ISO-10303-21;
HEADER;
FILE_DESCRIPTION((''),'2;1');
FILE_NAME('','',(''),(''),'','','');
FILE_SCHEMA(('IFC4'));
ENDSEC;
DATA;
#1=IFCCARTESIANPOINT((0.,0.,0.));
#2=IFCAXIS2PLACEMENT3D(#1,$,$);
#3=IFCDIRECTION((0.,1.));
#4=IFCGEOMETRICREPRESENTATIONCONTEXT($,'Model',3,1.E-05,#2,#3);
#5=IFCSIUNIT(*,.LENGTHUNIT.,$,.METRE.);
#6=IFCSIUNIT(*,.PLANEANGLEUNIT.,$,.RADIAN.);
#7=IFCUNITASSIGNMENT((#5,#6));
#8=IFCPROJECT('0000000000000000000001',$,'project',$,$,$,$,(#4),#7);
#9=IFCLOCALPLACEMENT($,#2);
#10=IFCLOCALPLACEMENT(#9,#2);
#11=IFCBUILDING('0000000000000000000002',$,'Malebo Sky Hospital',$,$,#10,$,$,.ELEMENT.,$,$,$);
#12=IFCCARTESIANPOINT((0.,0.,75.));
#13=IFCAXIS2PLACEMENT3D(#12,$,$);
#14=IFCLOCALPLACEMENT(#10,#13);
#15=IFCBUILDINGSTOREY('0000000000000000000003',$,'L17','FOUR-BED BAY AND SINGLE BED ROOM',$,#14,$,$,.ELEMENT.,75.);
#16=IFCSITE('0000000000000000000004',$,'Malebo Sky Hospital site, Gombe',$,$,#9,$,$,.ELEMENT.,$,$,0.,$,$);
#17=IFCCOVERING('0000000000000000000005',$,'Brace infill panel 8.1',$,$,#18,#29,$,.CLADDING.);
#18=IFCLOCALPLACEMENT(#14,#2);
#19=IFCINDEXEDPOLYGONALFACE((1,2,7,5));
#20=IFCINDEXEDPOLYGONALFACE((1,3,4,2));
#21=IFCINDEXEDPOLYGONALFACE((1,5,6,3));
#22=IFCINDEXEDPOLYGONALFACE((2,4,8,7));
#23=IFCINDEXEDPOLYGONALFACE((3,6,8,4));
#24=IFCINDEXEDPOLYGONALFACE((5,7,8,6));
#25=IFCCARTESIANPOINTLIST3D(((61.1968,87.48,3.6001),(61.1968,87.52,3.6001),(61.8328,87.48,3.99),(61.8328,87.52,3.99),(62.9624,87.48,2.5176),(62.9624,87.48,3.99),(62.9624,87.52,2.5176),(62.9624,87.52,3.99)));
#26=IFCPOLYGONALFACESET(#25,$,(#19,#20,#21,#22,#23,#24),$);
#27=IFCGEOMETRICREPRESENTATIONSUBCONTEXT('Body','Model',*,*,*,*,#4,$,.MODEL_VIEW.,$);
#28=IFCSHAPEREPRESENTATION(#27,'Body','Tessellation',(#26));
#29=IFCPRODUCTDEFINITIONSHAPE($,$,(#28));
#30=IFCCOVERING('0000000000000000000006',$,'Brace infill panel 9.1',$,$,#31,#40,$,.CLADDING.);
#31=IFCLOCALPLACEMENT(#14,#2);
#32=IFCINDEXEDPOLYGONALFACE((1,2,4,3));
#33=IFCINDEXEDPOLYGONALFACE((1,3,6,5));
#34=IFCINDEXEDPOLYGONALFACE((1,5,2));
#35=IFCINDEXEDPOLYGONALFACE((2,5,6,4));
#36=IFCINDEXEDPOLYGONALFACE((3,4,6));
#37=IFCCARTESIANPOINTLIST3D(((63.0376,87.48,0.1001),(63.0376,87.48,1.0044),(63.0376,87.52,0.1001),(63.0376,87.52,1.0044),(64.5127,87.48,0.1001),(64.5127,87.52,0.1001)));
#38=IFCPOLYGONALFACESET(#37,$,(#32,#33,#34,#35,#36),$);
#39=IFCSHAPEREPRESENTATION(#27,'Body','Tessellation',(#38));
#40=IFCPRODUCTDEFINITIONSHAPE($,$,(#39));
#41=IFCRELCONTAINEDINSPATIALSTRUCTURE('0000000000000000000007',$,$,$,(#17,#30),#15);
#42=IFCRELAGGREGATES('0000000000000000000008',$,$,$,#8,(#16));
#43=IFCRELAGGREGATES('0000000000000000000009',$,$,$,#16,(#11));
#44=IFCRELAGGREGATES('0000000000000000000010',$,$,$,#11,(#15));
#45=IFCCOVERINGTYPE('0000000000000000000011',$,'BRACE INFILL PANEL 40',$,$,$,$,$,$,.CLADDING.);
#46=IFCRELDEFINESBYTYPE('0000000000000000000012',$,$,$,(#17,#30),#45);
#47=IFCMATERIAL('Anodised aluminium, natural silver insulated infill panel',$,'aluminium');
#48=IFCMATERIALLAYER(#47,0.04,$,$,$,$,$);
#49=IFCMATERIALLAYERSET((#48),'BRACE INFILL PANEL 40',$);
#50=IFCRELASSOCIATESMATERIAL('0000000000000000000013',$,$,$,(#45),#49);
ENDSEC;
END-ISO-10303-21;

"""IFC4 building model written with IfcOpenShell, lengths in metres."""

from ifc_helpers import new_model, si_unit, direction, frame, origin, place, context, subcontext, project, spatial, polyline, outline, extrude, material, layer, layer_set, type_object, element, save


model = new_model("IFC4")

# Units and contexts
model_context = context("Model", 3, precision=1e-05, world=origin(), true_north=direction((0.0, 1.0)))
body_context = subcontext(model_context, "Body", "Model", "MODEL_VIEW")
ifc_project = project(units=[si_unit("LENGTHUNIT", "METRE"), si_unit("PLANEANGLEUNIT", "RADIAN")], contexts=[model_context])

# Site, building, storey
site_placement = place(None, origin())
site = spatial("IfcSite", under=ifc_project, at=site_placement, Name="Malebo Sky Hospital site, Gombe", CompositionType="ELEMENT", RefElevation=0.0)
building_placement = place(site_placement, origin())
building = spatial("IfcBuilding", under=site, at=building_placement, Name="Malebo Sky Hospital", CompositionType="ELEMENT")
storey_placement = place(building_placement, frame((0.0, 0.0, 75.0)))
storey = spatial("IfcBuildingStorey", under=building, at=storey_placement, Name="L17", Description="FOUR-BED BAY AND SINGLE BED ROOM", CompositionType="ELEMENT", Elevation=75.0)

# Coverings
ifc_material_1 = material(Name="Anodised aluminium, natural silver insulated infill panel", Category="aluminium")
ifc_layer_1 = layer(ifc_material_1, 0.04)
ifc_layer_set_1 = layer_set([ifc_layer_1], Name="BRACE INFILL PANEL 40")
covering_type = type_object("IfcCoveringType", Name="BRACE INFILL PANEL 40", PredefinedType="CLADDING", material=ifc_layer_set_1)
covering_1_placement = place(storey_placement, frame((62.0796, 87.5, 2.5176), z_axis=(0.0, 0.0, 1.0), x_axis=(1.0, 0.0, 0.0)))
element("IfcCovering", 1, at=covering_1_placement, inside=storey, type_object=covering_type, Name="Brace infill panel 8.1", PredefinedType="CLADDING", context=body_context, shape_type="SweptSolid", body=[
    extrude(outline(polyline([(0.8828, 0.0), (0.8828, 1.4724), (-0.2468, 1.4724), (-0.8828, 1.0825), (0.8828, 0.0)])), frame((0.0, 0.02, 0.0), z_axis=(0.0, -1.0, 0.0), x_axis=(1.0, 0.0, 0.0)), (0.0, 0.0, 1.0), 0.04),
])
covering_2_placement = place(storey_placement, frame((63.7751, 87.5, 0.1001), z_axis=(0.0, 0.0, 1.0), x_axis=(1.0, 0.0, 0.0)))
element("IfcCovering", 2, at=covering_2_placement, inside=storey, type_object=covering_type, Name="Brace infill panel 9.1", PredefinedType="CLADDING", context=body_context, shape_type="SweptSolid", body=[
    extrude(outline(polyline([(-0.7375, 0.0), (0.7375, 0.0), (-0.7375, 0.9043), (-0.7375, 0.0)])), frame((0.0, 0.02, 0.0), z_axis=(0.0, -1.0, 0.0), x_axis=(1.0, 0.0, 0.0)), (0.0, 0.0, 1.0), 0.04),
])

save(model, "model.ifc")
